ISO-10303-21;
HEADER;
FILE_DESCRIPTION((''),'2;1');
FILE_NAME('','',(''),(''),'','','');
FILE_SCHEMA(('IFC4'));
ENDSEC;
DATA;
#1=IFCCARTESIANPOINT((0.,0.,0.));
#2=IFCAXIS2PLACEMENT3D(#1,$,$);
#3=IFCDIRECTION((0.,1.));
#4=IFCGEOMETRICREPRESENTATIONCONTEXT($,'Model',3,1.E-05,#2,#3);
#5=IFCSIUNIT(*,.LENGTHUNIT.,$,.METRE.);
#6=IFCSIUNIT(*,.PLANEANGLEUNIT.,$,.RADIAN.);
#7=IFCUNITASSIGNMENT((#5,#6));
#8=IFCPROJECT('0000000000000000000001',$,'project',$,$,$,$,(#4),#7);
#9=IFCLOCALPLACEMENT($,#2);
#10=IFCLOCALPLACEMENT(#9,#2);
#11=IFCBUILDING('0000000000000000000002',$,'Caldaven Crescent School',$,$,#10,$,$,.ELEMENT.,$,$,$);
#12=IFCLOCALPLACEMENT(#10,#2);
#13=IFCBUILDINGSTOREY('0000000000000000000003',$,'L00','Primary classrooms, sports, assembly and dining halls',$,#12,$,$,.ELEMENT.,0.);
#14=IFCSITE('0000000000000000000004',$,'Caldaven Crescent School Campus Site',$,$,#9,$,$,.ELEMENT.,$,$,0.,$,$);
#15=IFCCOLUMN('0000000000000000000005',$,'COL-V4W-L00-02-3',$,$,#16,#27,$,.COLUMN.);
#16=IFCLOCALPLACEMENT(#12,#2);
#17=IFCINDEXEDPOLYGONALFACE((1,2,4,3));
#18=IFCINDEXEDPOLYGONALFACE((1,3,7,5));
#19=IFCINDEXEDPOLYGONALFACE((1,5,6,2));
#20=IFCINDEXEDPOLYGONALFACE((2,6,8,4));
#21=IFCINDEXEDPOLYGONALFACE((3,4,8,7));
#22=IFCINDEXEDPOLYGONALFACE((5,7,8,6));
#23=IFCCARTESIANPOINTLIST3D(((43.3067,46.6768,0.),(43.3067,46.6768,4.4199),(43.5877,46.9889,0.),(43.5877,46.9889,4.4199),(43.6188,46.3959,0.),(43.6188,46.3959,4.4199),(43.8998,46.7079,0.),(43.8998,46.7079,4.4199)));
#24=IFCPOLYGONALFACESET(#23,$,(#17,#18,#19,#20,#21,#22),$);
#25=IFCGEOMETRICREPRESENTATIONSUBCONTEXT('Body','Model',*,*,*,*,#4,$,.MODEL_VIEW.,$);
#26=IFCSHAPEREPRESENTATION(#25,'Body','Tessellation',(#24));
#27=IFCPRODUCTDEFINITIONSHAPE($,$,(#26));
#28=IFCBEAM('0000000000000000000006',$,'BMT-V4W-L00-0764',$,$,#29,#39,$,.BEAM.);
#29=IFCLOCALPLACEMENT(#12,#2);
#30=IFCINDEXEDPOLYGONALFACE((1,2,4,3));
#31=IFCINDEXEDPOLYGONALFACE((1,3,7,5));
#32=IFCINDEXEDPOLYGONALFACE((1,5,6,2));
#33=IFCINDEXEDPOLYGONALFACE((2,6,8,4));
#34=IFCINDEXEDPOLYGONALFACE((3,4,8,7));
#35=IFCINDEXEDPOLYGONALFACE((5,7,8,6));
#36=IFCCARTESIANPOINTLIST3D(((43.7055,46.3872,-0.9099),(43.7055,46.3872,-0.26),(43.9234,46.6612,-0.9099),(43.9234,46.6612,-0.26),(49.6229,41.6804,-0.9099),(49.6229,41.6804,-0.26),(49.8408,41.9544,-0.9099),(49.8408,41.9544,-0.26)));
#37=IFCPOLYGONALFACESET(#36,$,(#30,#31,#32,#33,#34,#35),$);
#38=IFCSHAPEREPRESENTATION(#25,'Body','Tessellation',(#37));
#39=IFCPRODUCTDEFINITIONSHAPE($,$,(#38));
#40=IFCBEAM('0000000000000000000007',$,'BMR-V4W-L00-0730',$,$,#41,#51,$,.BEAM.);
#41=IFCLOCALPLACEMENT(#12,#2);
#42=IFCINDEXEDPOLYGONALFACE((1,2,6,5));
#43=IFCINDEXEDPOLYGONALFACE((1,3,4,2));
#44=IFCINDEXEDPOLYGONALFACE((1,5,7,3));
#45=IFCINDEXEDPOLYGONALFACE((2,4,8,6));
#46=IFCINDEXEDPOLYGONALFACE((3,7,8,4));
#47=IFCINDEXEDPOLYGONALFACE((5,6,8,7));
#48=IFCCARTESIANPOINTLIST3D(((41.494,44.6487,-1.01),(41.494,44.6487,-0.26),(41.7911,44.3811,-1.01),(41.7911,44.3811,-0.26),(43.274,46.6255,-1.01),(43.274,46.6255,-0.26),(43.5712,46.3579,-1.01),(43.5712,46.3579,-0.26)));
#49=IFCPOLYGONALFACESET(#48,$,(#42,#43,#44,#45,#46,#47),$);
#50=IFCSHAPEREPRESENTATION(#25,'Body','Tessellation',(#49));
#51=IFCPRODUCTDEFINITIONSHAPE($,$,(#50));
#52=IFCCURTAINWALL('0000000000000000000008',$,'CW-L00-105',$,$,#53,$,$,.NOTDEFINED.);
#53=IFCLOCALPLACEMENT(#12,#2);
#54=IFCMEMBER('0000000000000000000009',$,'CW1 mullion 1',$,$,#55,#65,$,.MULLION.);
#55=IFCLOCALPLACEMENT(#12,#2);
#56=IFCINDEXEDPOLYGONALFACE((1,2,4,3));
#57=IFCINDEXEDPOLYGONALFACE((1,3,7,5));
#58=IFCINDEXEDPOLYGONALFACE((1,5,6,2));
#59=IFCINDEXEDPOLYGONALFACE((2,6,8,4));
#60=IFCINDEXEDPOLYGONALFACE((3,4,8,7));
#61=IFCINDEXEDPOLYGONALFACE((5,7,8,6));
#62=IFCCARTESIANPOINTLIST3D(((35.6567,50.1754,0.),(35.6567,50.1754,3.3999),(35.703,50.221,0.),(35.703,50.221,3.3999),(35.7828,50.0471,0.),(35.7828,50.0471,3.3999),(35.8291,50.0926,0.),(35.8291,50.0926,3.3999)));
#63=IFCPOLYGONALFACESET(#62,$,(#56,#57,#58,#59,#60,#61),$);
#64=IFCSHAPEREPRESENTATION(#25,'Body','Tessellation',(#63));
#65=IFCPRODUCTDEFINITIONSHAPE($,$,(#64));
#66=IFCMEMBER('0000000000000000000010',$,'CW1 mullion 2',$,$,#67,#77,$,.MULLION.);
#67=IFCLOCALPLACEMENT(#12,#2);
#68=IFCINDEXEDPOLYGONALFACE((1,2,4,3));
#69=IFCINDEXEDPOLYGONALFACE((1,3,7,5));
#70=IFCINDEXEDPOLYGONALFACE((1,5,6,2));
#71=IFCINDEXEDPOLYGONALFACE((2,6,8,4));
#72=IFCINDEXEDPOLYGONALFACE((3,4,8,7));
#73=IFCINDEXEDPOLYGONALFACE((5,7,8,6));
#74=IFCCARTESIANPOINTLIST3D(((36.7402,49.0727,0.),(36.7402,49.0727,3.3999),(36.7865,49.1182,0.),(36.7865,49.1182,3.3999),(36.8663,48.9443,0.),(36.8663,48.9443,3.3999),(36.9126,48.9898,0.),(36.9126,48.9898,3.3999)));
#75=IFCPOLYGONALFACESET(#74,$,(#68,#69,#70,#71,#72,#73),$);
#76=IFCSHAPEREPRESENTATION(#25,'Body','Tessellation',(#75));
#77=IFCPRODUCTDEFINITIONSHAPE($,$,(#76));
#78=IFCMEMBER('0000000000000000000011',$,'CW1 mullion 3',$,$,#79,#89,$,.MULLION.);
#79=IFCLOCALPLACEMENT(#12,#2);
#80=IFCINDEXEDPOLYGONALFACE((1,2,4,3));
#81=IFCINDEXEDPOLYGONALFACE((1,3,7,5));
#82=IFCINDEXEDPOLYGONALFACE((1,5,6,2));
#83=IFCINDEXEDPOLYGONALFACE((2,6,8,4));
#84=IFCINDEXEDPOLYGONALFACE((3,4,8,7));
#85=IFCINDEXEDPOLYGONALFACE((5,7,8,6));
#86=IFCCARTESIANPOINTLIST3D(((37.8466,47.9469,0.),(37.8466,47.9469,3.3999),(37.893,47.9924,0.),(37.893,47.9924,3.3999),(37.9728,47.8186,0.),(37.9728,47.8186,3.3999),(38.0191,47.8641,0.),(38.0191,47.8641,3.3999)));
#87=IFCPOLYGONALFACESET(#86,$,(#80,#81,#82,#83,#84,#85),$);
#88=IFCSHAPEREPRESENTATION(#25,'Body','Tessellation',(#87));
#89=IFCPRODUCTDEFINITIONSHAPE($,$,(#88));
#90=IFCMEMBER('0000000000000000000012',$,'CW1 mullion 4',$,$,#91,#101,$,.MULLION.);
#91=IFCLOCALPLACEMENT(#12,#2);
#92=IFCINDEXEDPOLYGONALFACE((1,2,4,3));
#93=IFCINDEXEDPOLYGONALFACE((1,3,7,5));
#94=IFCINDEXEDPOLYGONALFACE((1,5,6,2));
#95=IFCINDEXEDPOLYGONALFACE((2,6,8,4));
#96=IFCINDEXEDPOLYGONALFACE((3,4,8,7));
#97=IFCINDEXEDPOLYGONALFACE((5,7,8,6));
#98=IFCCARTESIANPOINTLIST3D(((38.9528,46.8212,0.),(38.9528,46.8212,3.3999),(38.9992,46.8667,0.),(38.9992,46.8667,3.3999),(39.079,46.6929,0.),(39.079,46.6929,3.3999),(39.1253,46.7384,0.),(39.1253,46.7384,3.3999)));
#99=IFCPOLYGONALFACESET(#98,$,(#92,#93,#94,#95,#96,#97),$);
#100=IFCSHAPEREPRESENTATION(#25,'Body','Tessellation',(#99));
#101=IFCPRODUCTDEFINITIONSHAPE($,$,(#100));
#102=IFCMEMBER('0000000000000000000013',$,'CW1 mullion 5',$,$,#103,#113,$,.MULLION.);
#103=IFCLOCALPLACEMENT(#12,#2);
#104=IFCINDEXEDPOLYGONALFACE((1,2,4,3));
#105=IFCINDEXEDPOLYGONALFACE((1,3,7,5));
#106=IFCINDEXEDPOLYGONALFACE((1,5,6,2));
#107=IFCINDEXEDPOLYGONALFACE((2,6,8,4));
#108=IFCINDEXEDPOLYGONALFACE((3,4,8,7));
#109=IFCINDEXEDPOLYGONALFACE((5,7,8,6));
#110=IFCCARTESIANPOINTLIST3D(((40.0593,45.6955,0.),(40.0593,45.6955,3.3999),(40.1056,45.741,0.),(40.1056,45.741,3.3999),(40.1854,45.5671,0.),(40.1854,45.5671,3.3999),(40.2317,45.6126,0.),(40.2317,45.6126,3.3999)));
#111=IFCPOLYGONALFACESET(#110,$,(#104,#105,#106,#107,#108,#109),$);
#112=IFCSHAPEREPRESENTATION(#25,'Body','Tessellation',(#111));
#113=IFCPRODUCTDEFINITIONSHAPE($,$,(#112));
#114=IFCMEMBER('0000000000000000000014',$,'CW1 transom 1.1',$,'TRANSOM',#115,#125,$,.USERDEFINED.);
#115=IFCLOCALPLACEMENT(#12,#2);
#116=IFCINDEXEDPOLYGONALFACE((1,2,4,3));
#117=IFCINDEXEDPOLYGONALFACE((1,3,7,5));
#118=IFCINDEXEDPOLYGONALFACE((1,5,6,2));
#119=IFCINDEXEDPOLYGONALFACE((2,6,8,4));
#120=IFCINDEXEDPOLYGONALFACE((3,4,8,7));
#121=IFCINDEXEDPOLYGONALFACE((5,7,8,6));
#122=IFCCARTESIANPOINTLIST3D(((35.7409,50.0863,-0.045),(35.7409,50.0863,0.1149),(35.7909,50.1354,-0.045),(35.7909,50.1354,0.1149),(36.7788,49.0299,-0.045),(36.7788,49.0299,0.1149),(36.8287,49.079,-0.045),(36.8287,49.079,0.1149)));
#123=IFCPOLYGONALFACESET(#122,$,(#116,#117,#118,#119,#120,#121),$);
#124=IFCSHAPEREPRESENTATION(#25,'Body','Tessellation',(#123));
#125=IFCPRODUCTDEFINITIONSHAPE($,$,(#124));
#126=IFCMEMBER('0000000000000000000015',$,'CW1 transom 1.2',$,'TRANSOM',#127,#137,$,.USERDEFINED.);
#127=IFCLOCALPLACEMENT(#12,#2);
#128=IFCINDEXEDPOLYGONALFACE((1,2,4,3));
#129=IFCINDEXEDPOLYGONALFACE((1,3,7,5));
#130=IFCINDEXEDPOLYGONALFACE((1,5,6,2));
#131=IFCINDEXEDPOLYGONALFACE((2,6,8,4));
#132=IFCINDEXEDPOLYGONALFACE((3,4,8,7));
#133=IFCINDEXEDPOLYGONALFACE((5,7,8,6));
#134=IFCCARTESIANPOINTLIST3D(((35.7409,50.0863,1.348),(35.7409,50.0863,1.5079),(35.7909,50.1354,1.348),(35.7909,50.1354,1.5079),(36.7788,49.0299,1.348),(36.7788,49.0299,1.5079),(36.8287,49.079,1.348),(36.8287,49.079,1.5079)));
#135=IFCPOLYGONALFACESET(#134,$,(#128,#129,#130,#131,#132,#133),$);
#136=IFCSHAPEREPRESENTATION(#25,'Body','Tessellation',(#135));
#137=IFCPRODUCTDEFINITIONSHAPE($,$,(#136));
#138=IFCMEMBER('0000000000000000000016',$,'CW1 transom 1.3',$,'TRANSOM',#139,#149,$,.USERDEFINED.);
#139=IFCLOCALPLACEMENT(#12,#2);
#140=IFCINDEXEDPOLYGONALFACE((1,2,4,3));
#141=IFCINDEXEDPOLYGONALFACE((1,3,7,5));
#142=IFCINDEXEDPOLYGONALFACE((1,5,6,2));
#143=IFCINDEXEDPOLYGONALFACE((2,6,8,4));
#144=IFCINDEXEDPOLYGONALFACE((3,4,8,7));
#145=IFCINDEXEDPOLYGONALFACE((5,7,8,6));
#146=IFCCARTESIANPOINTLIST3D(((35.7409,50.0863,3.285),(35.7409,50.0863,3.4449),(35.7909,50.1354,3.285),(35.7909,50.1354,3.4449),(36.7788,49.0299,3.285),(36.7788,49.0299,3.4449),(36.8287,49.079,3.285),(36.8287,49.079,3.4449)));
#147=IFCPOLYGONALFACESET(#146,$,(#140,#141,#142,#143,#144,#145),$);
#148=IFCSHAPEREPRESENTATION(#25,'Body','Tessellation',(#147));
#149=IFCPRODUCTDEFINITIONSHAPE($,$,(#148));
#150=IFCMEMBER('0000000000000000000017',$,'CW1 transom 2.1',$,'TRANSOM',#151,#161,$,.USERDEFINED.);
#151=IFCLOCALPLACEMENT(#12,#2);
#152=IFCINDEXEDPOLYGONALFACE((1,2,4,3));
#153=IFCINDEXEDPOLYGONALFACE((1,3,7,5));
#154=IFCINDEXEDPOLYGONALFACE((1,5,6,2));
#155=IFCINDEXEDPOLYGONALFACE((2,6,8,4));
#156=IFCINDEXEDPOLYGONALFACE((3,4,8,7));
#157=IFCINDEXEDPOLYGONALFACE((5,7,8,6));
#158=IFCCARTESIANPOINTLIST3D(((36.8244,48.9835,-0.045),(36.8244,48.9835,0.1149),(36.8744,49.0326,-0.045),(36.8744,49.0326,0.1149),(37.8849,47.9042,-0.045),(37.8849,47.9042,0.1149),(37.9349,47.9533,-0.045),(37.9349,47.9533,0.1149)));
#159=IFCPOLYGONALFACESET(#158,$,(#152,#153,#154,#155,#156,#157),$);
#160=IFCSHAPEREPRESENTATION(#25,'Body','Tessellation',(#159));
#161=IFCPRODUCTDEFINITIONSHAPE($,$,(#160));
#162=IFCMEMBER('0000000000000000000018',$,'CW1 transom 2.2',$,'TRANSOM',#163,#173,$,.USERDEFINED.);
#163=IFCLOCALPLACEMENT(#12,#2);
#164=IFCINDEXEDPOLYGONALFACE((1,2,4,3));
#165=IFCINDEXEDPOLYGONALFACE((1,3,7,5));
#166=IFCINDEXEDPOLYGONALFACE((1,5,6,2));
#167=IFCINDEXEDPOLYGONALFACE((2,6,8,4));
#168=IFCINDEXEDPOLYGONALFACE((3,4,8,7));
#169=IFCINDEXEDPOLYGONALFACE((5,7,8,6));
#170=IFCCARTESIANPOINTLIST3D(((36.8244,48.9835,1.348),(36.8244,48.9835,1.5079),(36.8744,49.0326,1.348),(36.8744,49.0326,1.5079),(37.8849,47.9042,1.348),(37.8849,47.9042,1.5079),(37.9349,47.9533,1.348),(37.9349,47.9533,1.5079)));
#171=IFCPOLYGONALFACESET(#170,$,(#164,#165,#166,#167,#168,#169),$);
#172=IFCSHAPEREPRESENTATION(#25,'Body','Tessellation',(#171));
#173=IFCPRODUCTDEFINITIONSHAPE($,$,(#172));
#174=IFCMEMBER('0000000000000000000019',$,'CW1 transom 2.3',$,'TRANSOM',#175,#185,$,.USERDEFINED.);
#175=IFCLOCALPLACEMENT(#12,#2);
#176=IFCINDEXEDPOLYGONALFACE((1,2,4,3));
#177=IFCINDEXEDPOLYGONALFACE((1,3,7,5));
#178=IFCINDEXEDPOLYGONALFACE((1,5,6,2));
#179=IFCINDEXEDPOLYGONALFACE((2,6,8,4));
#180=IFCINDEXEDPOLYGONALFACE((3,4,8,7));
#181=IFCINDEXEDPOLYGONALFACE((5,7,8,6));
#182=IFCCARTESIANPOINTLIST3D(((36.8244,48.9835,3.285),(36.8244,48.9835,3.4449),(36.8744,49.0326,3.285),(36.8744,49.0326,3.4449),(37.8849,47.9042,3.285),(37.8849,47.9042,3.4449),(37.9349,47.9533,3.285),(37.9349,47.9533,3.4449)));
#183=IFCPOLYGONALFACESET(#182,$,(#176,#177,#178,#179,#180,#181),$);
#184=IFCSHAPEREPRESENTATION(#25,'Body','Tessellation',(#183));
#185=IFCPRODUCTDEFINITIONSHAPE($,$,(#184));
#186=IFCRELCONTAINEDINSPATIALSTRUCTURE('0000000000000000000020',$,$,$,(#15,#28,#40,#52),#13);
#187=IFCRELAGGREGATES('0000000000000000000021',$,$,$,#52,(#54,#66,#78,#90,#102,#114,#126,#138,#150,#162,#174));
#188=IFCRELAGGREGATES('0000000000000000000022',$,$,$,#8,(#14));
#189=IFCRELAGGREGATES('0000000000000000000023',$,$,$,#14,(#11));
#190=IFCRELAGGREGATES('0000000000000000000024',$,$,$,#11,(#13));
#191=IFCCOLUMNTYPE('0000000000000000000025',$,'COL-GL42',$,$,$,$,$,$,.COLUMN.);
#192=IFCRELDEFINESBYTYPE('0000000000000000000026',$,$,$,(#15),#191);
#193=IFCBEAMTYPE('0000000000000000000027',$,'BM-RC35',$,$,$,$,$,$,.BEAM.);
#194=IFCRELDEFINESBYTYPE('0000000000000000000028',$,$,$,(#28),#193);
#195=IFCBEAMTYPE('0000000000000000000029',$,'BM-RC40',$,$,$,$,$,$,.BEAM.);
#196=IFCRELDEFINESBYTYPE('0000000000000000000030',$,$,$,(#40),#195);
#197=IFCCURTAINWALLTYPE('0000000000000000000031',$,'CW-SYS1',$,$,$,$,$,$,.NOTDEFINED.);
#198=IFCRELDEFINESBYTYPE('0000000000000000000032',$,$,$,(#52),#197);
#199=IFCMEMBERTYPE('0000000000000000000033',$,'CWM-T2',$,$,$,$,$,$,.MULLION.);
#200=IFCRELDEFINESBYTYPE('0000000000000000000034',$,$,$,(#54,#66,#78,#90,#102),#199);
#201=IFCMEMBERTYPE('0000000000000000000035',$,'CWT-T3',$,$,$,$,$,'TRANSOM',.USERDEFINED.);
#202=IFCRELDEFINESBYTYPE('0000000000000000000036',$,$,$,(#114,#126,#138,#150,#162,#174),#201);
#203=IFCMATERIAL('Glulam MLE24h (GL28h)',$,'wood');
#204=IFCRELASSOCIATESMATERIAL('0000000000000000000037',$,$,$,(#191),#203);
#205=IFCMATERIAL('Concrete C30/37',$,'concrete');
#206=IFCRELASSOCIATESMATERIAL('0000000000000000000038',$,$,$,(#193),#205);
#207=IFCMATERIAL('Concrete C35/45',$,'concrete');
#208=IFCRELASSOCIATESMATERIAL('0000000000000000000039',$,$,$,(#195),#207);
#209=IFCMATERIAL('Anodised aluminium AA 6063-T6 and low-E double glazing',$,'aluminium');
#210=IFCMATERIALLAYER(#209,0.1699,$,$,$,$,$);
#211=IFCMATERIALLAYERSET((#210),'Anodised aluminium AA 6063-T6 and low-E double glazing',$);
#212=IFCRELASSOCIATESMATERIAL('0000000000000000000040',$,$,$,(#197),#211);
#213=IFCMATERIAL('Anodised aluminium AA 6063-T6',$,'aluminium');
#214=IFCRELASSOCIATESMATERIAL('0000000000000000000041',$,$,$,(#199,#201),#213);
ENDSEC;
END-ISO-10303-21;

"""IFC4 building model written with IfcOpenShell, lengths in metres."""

from ifc_helpers import new_model, si_unit, direction, frame, origin, origin_2d, place, context, subcontext, project, spatial, rectangle, extrude, material, layer, layer_set, material_profile, profile_set, type_object, element, aggregate, save


model = new_model("IFC4")

# Units and contexts
model_context = context("Model", 3, precision=1e-05, world=origin(), true_north=direction((0.0, 1.0)))
body_context = subcontext(model_context, "Body", "Model", "MODEL_VIEW")
ifc_project = project(units=[si_unit("LENGTHUNIT", "METRE"), si_unit("PLANEANGLEUNIT", "RADIAN")], contexts=[model_context])

# Site, building, storey
site_placement = place(None, origin())
site = spatial("IfcSite", under=ifc_project, at=site_placement, Name="Caldaven Crescent School Campus Site", CompositionType="ELEMENT", RefElevation=0.0)
building_placement = place(site_placement, origin())
building = spatial("IfcBuilding", under=site, at=building_placement, Name="Caldaven Crescent School", CompositionType="ELEMENT")
storey_placement = place(building_placement, origin())
storey = spatial("IfcBuildingStorey", under=building, at=storey_placement, Name="L00", Description="Primary classrooms, sports, assembly and dining halls", CompositionType="ELEMENT", Elevation=0.0)

# Column
ifc_material_1 = material(Name="Glulam MLE24h (GL28h)", Category="wood")
ifc_material_profile_1 = material_profile(ifc_material_1, rectangle(XDim=0.4199, YDim=0.4199, at=origin_2d()), Name="MLE 420x420")
ifc_profile_set_1 = profile_set([ifc_material_profile_1], Name="Glulam MLE24h (GL28h)")
column_type = type_object("IfcColumnType", Name="COL-GL42", PredefinedType="COLUMN", material=ifc_profile_set_1)
column_placement = place(storey_placement, frame((43.6033, 46.6924, 0.0), z_axis=(0.0, 0.0, 1.0), x_axis=(-0.669131, -0.743145, 0.0)))
element("IfcColumn", 1, at=column_placement, inside=storey, type_object=column_type, Name="COL-V4W-L00-02-3", PredefinedType="COLUMN", context=body_context, shape_type="SweptSolid", body=[
    extrude(rectangle(XDim=0.4199, YDim=0.4199, at=origin_2d()), origin(), (0.0, 0.0, 1.0), 4.4199),
])

# Beams
ifc_material_2 = material(Name="Concrete C30/37", Category="concrete")
ifc_material_profile_2 = material_profile(ifc_material_2, rectangle(XDim=0.3501, YDim=0.6499, at=origin_2d()), Name="RC 350x650")
ifc_profile_set_2 = profile_set([ifc_material_profile_2], Name="Concrete C30/37")
beam_type_1 = type_object("IfcBeamType", Name="BM-RC35", PredefinedType="BEAM", material=ifc_profile_set_2)
beam_1_placement = place(storey_placement, frame((43.8145, 46.5242, -0.585), z_axis=(0.78262, -0.622499, 0.0), x_axis=(0.622499, 0.78262, 0.0)))
element("IfcBeam", 2, at=beam_1_placement, inside=storey, type_object=beam_type_1, Name="BMT-V4W-L00-0764", PredefinedType="BEAM", context=body_context, shape_type="SweptSolid", body=[
    extrude(rectangle(XDim=0.3501, YDim=0.6499, at=origin_2d()), origin(), (0.0, 0.0, 1.0), 7.561),
])
ifc_material_3 = material(Name="Concrete C35/45", Category="concrete")
ifc_material_profile_3 = material_profile(ifc_material_3, rectangle(XDim=0.3999, YDim=0.75, at=origin_2d()), Name="RC 400x750")
ifc_profile_set_3 = profile_set([ifc_material_profile_3], Name="Concrete C35/45")
beam_type_2 = type_object("IfcBeamType", Name="BM-RC40", PredefinedType="BEAM", material=ifc_profile_set_3)
beam_2_placement = place(storey_placement, frame((43.4226, 46.4917, -0.635), z_axis=(-0.669152, -0.743125, 0.0), x_axis=(0.743125, -0.669152, 0.0)))
element("IfcBeam", 3, at=beam_2_placement, inside=storey, type_object=beam_type_2, Name="BMR-V4W-L00-0730", PredefinedType="BEAM", context=body_context, shape_type="SweptSolid", body=[
    extrude(rectangle(XDim=0.3999, YDim=0.75, at=origin_2d()), origin(), (0.0, 0.0, 1.0), 2.6602),
])

# Curtain wall, members
ifc_material_4 = material(Name="Anodised aluminium AA 6063-T6 and low-E double glazing", Category="aluminium")
ifc_layer_1 = layer(ifc_material_4, 0.1699)
ifc_layer_set_1 = layer_set([ifc_layer_1], Name="Anodised aluminium AA 6063-T6 and low-E double glazing")
curtain_wall_type = type_object("IfcCurtainWallType", Name="CW-SYS1", PredefinedType="NOTDEFINED", material=ifc_layer_set_1)
curtain_wall_placement = place(storey_placement, origin())
curtain_wall = element("IfcCurtainWall", 4, at=curtain_wall_placement, inside=storey, type_object=curtain_wall_type, Name="CW-L00-105", PredefinedType="NOTDEFINED")
ifc_material_5 = material(Name="Anodised aluminium AA 6063-T6", Category="aluminium")
ifc_material_profile_4 = material_profile(ifc_material_5, rectangle(XDim=0.0649, YDim=0.1799, at=origin_2d()), Name="CWM 65x180")
ifc_profile_set_4 = profile_set([ifc_material_profile_4], Name="Anodised aluminium AA 6063-T6")
member_type_1 = type_object("IfcMemberType", Name="CWM-T2", PredefinedType="MULLION", material=ifc_profile_set_4)
member_1_placement = place(storey_placement, frame((35.7429, 50.134, 0.0), z_axis=(0.0, 0.0, 1.0), x_axis=(0.713251, 0.700909, 0.0)))
member_1 = element("IfcMember", 5, at=member_1_placement, type_object=member_type_1, Name="CW1 mullion 1", PredefinedType="MULLION", context=body_context, shape_type="SweptSolid", body=[
    extrude(rectangle(XDim=0.0649, YDim=0.1799, at=origin_2d()), origin(), (0.0, 0.0, 1.0), 3.3999),
])
member_2_placement = place(storey_placement, frame((36.8264, 49.0312, 0.0), z_axis=(0.0, 0.0, 1.0), x_axis=(0.713251, 0.700909, 0.0)))
member_2 = element("IfcMember", 6, at=member_2_placement, type_object=member_type_1, Name="CW1 mullion 2", PredefinedType="MULLION", context=body_context, shape_type="SweptSolid", body=[
    extrude(rectangle(XDim=0.0649, YDim=0.1799, at=origin_2d()), origin(), (0.0, 0.0, 1.0), 3.3999),
])
member_3_placement = place(storey_placement, frame((37.9329, 47.9055, 0.0), z_axis=(0.0, 0.0, 1.0), x_axis=(0.713251, 0.700909, 0.0)))
member_3 = element("IfcMember", 7, at=member_3_placement, type_object=member_type_1, Name="CW1 mullion 3", PredefinedType="MULLION", context=body_context, shape_type="SweptSolid", body=[
    extrude(rectangle(XDim=0.0649, YDim=0.1799, at=origin_2d()), origin(), (0.0, 0.0, 1.0), 3.3999),
])
member_4_placement = place(storey_placement, frame((39.0391, 46.7798, 0.0), z_axis=(0.0, 0.0, 1.0), x_axis=(0.713251, 0.700909, 0.0)))
member_4 = element("IfcMember", 8, at=member_4_placement, type_object=member_type_1, Name="CW1 mullion 4", PredefinedType="MULLION", context=body_context, shape_type="SweptSolid", body=[
    extrude(rectangle(XDim=0.0649, YDim=0.1799, at=origin_2d()), origin(), (0.0, 0.0, 1.0), 3.3999),
])
member_5_placement = place(storey_placement, frame((40.1455, 45.6541, 0.0), z_axis=(0.0, 0.0, 1.0), x_axis=(0.713251, 0.700909, 0.0)))
member_5 = element("IfcMember", 9, at=member_5_placement, type_object=member_type_1, Name="CW1 mullion 5", PredefinedType="MULLION", context=body_context, shape_type="SweptSolid", body=[
    extrude(rectangle(XDim=0.0649, YDim=0.1799, at=origin_2d()), origin(), (0.0, 0.0, 1.0), 3.3999),
])
ifc_material_profile_5 = material_profile(ifc_material_5, rectangle(XDim=0.0701, YDim=0.1599, at=origin_2d()), Name="CWT 70x160")
ifc_profile_set_5 = profile_set([ifc_material_profile_5], Name="Anodised aluminium AA 6063-T6")
member_type_2 = type_object("IfcMemberType", Name="CWT-T3", ElementType="TRANSOM", PredefinedType="USERDEFINED", material=ifc_profile_set_5)
member_6_placement = place(storey_placement, frame((35.7659, 50.1108, 0.0349), z_axis=(0.700814, -0.713344, 0.0), x_axis=(0.713344, 0.700814, 0.0)))
member_6 = element("IfcMember", 10, at=member_6_placement, type_object=member_type_2, Name="CW1 transom 1.1", ObjectType="TRANSOM", PredefinedType="USERDEFINED", context=body_context, shape_type="SweptSolid", body=[
    extrude(rectangle(XDim=0.0701, YDim=0.1599, at=origin_2d()), origin(), (0.0, 0.0, 1.0), 1.481),
])
member_7_placement = place(storey_placement, frame((35.7659, 50.1108, 1.428), z_axis=(0.700814, -0.713344, 0.0), x_axis=(0.713344, 0.700814, 0.0)))
member_7 = element("IfcMember", 11, at=member_7_placement, type_object=member_type_2, Name="CW1 transom 1.2", ObjectType="TRANSOM", PredefinedType="USERDEFINED", context=body_context, shape_type="SweptSolid", body=[
    extrude(rectangle(XDim=0.0701, YDim=0.1599, at=origin_2d()), origin(), (0.0, 0.0, 1.0), 1.481),
])
member_8_placement = place(storey_placement, frame((35.7659, 50.1108, 3.365), z_axis=(0.700814, -0.713344, 0.0), x_axis=(0.713344, 0.700814, 0.0)))
member_8 = element("IfcMember", 12, at=member_8_placement, type_object=member_type_2, Name="CW1 transom 1.3", ObjectType="TRANSOM", PredefinedType="USERDEFINED", context=body_context, shape_type="SweptSolid", body=[
    extrude(rectangle(XDim=0.0701, YDim=0.1599, at=origin_2d()), origin(), (0.0, 0.0, 1.0), 1.481),
])
member_9_placement = place(storey_placement, frame((36.8494, 49.0081, 0.0349), z_axis=(0.700868, -0.713291, 0.0), x_axis=(0.713291, 0.700868, 0.0)))
member_9 = element("IfcMember", 13, at=member_9_placement, type_object=member_type_2, Name="CW1 transom 2.1", ObjectType="TRANSOM", PredefinedType="USERDEFINED", context=body_context, shape_type="SweptSolid", body=[
    extrude(rectangle(XDim=0.0701, YDim=0.1599, at=origin_2d()), origin(), (0.0, 0.0, 1.0), 1.5132),
])
member_10_placement = place(storey_placement, frame((36.8494, 49.0081, 1.428), z_axis=(0.700868, -0.713291, 0.0), x_axis=(0.713291, 0.700868, 0.0)))
member_10 = element("IfcMember", 14, at=member_10_placement, type_object=member_type_2, Name="CW1 transom 2.2", ObjectType="TRANSOM", PredefinedType="USERDEFINED", context=body_context, shape_type="SweptSolid", body=[
    extrude(rectangle(XDim=0.0701, YDim=0.1599, at=origin_2d()), origin(), (0.0, 0.0, 1.0), 1.5132),
])
member_11_placement = place(storey_placement, frame((36.8494, 49.0081, 3.365), z_axis=(0.700868, -0.713291, 0.0), x_axis=(0.713291, 0.700868, 0.0)))
member_11 = element("IfcMember", 15, at=member_11_placement, type_object=member_type_2, Name="CW1 transom 2.3", ObjectType="TRANSOM", PredefinedType="USERDEFINED", context=body_context, shape_type="SweptSolid", body=[
    extrude(rectangle(XDim=0.0701, YDim=0.1599, at=origin_2d()), origin(), (0.0, 0.0, 1.0), 1.5132),
])

aggregate(curtain_wall, [member_1, member_2, member_3, member_4, member_5, member_6, member_7, member_8, member_9, member_10, member_11])

save(model, "model.ifc")
